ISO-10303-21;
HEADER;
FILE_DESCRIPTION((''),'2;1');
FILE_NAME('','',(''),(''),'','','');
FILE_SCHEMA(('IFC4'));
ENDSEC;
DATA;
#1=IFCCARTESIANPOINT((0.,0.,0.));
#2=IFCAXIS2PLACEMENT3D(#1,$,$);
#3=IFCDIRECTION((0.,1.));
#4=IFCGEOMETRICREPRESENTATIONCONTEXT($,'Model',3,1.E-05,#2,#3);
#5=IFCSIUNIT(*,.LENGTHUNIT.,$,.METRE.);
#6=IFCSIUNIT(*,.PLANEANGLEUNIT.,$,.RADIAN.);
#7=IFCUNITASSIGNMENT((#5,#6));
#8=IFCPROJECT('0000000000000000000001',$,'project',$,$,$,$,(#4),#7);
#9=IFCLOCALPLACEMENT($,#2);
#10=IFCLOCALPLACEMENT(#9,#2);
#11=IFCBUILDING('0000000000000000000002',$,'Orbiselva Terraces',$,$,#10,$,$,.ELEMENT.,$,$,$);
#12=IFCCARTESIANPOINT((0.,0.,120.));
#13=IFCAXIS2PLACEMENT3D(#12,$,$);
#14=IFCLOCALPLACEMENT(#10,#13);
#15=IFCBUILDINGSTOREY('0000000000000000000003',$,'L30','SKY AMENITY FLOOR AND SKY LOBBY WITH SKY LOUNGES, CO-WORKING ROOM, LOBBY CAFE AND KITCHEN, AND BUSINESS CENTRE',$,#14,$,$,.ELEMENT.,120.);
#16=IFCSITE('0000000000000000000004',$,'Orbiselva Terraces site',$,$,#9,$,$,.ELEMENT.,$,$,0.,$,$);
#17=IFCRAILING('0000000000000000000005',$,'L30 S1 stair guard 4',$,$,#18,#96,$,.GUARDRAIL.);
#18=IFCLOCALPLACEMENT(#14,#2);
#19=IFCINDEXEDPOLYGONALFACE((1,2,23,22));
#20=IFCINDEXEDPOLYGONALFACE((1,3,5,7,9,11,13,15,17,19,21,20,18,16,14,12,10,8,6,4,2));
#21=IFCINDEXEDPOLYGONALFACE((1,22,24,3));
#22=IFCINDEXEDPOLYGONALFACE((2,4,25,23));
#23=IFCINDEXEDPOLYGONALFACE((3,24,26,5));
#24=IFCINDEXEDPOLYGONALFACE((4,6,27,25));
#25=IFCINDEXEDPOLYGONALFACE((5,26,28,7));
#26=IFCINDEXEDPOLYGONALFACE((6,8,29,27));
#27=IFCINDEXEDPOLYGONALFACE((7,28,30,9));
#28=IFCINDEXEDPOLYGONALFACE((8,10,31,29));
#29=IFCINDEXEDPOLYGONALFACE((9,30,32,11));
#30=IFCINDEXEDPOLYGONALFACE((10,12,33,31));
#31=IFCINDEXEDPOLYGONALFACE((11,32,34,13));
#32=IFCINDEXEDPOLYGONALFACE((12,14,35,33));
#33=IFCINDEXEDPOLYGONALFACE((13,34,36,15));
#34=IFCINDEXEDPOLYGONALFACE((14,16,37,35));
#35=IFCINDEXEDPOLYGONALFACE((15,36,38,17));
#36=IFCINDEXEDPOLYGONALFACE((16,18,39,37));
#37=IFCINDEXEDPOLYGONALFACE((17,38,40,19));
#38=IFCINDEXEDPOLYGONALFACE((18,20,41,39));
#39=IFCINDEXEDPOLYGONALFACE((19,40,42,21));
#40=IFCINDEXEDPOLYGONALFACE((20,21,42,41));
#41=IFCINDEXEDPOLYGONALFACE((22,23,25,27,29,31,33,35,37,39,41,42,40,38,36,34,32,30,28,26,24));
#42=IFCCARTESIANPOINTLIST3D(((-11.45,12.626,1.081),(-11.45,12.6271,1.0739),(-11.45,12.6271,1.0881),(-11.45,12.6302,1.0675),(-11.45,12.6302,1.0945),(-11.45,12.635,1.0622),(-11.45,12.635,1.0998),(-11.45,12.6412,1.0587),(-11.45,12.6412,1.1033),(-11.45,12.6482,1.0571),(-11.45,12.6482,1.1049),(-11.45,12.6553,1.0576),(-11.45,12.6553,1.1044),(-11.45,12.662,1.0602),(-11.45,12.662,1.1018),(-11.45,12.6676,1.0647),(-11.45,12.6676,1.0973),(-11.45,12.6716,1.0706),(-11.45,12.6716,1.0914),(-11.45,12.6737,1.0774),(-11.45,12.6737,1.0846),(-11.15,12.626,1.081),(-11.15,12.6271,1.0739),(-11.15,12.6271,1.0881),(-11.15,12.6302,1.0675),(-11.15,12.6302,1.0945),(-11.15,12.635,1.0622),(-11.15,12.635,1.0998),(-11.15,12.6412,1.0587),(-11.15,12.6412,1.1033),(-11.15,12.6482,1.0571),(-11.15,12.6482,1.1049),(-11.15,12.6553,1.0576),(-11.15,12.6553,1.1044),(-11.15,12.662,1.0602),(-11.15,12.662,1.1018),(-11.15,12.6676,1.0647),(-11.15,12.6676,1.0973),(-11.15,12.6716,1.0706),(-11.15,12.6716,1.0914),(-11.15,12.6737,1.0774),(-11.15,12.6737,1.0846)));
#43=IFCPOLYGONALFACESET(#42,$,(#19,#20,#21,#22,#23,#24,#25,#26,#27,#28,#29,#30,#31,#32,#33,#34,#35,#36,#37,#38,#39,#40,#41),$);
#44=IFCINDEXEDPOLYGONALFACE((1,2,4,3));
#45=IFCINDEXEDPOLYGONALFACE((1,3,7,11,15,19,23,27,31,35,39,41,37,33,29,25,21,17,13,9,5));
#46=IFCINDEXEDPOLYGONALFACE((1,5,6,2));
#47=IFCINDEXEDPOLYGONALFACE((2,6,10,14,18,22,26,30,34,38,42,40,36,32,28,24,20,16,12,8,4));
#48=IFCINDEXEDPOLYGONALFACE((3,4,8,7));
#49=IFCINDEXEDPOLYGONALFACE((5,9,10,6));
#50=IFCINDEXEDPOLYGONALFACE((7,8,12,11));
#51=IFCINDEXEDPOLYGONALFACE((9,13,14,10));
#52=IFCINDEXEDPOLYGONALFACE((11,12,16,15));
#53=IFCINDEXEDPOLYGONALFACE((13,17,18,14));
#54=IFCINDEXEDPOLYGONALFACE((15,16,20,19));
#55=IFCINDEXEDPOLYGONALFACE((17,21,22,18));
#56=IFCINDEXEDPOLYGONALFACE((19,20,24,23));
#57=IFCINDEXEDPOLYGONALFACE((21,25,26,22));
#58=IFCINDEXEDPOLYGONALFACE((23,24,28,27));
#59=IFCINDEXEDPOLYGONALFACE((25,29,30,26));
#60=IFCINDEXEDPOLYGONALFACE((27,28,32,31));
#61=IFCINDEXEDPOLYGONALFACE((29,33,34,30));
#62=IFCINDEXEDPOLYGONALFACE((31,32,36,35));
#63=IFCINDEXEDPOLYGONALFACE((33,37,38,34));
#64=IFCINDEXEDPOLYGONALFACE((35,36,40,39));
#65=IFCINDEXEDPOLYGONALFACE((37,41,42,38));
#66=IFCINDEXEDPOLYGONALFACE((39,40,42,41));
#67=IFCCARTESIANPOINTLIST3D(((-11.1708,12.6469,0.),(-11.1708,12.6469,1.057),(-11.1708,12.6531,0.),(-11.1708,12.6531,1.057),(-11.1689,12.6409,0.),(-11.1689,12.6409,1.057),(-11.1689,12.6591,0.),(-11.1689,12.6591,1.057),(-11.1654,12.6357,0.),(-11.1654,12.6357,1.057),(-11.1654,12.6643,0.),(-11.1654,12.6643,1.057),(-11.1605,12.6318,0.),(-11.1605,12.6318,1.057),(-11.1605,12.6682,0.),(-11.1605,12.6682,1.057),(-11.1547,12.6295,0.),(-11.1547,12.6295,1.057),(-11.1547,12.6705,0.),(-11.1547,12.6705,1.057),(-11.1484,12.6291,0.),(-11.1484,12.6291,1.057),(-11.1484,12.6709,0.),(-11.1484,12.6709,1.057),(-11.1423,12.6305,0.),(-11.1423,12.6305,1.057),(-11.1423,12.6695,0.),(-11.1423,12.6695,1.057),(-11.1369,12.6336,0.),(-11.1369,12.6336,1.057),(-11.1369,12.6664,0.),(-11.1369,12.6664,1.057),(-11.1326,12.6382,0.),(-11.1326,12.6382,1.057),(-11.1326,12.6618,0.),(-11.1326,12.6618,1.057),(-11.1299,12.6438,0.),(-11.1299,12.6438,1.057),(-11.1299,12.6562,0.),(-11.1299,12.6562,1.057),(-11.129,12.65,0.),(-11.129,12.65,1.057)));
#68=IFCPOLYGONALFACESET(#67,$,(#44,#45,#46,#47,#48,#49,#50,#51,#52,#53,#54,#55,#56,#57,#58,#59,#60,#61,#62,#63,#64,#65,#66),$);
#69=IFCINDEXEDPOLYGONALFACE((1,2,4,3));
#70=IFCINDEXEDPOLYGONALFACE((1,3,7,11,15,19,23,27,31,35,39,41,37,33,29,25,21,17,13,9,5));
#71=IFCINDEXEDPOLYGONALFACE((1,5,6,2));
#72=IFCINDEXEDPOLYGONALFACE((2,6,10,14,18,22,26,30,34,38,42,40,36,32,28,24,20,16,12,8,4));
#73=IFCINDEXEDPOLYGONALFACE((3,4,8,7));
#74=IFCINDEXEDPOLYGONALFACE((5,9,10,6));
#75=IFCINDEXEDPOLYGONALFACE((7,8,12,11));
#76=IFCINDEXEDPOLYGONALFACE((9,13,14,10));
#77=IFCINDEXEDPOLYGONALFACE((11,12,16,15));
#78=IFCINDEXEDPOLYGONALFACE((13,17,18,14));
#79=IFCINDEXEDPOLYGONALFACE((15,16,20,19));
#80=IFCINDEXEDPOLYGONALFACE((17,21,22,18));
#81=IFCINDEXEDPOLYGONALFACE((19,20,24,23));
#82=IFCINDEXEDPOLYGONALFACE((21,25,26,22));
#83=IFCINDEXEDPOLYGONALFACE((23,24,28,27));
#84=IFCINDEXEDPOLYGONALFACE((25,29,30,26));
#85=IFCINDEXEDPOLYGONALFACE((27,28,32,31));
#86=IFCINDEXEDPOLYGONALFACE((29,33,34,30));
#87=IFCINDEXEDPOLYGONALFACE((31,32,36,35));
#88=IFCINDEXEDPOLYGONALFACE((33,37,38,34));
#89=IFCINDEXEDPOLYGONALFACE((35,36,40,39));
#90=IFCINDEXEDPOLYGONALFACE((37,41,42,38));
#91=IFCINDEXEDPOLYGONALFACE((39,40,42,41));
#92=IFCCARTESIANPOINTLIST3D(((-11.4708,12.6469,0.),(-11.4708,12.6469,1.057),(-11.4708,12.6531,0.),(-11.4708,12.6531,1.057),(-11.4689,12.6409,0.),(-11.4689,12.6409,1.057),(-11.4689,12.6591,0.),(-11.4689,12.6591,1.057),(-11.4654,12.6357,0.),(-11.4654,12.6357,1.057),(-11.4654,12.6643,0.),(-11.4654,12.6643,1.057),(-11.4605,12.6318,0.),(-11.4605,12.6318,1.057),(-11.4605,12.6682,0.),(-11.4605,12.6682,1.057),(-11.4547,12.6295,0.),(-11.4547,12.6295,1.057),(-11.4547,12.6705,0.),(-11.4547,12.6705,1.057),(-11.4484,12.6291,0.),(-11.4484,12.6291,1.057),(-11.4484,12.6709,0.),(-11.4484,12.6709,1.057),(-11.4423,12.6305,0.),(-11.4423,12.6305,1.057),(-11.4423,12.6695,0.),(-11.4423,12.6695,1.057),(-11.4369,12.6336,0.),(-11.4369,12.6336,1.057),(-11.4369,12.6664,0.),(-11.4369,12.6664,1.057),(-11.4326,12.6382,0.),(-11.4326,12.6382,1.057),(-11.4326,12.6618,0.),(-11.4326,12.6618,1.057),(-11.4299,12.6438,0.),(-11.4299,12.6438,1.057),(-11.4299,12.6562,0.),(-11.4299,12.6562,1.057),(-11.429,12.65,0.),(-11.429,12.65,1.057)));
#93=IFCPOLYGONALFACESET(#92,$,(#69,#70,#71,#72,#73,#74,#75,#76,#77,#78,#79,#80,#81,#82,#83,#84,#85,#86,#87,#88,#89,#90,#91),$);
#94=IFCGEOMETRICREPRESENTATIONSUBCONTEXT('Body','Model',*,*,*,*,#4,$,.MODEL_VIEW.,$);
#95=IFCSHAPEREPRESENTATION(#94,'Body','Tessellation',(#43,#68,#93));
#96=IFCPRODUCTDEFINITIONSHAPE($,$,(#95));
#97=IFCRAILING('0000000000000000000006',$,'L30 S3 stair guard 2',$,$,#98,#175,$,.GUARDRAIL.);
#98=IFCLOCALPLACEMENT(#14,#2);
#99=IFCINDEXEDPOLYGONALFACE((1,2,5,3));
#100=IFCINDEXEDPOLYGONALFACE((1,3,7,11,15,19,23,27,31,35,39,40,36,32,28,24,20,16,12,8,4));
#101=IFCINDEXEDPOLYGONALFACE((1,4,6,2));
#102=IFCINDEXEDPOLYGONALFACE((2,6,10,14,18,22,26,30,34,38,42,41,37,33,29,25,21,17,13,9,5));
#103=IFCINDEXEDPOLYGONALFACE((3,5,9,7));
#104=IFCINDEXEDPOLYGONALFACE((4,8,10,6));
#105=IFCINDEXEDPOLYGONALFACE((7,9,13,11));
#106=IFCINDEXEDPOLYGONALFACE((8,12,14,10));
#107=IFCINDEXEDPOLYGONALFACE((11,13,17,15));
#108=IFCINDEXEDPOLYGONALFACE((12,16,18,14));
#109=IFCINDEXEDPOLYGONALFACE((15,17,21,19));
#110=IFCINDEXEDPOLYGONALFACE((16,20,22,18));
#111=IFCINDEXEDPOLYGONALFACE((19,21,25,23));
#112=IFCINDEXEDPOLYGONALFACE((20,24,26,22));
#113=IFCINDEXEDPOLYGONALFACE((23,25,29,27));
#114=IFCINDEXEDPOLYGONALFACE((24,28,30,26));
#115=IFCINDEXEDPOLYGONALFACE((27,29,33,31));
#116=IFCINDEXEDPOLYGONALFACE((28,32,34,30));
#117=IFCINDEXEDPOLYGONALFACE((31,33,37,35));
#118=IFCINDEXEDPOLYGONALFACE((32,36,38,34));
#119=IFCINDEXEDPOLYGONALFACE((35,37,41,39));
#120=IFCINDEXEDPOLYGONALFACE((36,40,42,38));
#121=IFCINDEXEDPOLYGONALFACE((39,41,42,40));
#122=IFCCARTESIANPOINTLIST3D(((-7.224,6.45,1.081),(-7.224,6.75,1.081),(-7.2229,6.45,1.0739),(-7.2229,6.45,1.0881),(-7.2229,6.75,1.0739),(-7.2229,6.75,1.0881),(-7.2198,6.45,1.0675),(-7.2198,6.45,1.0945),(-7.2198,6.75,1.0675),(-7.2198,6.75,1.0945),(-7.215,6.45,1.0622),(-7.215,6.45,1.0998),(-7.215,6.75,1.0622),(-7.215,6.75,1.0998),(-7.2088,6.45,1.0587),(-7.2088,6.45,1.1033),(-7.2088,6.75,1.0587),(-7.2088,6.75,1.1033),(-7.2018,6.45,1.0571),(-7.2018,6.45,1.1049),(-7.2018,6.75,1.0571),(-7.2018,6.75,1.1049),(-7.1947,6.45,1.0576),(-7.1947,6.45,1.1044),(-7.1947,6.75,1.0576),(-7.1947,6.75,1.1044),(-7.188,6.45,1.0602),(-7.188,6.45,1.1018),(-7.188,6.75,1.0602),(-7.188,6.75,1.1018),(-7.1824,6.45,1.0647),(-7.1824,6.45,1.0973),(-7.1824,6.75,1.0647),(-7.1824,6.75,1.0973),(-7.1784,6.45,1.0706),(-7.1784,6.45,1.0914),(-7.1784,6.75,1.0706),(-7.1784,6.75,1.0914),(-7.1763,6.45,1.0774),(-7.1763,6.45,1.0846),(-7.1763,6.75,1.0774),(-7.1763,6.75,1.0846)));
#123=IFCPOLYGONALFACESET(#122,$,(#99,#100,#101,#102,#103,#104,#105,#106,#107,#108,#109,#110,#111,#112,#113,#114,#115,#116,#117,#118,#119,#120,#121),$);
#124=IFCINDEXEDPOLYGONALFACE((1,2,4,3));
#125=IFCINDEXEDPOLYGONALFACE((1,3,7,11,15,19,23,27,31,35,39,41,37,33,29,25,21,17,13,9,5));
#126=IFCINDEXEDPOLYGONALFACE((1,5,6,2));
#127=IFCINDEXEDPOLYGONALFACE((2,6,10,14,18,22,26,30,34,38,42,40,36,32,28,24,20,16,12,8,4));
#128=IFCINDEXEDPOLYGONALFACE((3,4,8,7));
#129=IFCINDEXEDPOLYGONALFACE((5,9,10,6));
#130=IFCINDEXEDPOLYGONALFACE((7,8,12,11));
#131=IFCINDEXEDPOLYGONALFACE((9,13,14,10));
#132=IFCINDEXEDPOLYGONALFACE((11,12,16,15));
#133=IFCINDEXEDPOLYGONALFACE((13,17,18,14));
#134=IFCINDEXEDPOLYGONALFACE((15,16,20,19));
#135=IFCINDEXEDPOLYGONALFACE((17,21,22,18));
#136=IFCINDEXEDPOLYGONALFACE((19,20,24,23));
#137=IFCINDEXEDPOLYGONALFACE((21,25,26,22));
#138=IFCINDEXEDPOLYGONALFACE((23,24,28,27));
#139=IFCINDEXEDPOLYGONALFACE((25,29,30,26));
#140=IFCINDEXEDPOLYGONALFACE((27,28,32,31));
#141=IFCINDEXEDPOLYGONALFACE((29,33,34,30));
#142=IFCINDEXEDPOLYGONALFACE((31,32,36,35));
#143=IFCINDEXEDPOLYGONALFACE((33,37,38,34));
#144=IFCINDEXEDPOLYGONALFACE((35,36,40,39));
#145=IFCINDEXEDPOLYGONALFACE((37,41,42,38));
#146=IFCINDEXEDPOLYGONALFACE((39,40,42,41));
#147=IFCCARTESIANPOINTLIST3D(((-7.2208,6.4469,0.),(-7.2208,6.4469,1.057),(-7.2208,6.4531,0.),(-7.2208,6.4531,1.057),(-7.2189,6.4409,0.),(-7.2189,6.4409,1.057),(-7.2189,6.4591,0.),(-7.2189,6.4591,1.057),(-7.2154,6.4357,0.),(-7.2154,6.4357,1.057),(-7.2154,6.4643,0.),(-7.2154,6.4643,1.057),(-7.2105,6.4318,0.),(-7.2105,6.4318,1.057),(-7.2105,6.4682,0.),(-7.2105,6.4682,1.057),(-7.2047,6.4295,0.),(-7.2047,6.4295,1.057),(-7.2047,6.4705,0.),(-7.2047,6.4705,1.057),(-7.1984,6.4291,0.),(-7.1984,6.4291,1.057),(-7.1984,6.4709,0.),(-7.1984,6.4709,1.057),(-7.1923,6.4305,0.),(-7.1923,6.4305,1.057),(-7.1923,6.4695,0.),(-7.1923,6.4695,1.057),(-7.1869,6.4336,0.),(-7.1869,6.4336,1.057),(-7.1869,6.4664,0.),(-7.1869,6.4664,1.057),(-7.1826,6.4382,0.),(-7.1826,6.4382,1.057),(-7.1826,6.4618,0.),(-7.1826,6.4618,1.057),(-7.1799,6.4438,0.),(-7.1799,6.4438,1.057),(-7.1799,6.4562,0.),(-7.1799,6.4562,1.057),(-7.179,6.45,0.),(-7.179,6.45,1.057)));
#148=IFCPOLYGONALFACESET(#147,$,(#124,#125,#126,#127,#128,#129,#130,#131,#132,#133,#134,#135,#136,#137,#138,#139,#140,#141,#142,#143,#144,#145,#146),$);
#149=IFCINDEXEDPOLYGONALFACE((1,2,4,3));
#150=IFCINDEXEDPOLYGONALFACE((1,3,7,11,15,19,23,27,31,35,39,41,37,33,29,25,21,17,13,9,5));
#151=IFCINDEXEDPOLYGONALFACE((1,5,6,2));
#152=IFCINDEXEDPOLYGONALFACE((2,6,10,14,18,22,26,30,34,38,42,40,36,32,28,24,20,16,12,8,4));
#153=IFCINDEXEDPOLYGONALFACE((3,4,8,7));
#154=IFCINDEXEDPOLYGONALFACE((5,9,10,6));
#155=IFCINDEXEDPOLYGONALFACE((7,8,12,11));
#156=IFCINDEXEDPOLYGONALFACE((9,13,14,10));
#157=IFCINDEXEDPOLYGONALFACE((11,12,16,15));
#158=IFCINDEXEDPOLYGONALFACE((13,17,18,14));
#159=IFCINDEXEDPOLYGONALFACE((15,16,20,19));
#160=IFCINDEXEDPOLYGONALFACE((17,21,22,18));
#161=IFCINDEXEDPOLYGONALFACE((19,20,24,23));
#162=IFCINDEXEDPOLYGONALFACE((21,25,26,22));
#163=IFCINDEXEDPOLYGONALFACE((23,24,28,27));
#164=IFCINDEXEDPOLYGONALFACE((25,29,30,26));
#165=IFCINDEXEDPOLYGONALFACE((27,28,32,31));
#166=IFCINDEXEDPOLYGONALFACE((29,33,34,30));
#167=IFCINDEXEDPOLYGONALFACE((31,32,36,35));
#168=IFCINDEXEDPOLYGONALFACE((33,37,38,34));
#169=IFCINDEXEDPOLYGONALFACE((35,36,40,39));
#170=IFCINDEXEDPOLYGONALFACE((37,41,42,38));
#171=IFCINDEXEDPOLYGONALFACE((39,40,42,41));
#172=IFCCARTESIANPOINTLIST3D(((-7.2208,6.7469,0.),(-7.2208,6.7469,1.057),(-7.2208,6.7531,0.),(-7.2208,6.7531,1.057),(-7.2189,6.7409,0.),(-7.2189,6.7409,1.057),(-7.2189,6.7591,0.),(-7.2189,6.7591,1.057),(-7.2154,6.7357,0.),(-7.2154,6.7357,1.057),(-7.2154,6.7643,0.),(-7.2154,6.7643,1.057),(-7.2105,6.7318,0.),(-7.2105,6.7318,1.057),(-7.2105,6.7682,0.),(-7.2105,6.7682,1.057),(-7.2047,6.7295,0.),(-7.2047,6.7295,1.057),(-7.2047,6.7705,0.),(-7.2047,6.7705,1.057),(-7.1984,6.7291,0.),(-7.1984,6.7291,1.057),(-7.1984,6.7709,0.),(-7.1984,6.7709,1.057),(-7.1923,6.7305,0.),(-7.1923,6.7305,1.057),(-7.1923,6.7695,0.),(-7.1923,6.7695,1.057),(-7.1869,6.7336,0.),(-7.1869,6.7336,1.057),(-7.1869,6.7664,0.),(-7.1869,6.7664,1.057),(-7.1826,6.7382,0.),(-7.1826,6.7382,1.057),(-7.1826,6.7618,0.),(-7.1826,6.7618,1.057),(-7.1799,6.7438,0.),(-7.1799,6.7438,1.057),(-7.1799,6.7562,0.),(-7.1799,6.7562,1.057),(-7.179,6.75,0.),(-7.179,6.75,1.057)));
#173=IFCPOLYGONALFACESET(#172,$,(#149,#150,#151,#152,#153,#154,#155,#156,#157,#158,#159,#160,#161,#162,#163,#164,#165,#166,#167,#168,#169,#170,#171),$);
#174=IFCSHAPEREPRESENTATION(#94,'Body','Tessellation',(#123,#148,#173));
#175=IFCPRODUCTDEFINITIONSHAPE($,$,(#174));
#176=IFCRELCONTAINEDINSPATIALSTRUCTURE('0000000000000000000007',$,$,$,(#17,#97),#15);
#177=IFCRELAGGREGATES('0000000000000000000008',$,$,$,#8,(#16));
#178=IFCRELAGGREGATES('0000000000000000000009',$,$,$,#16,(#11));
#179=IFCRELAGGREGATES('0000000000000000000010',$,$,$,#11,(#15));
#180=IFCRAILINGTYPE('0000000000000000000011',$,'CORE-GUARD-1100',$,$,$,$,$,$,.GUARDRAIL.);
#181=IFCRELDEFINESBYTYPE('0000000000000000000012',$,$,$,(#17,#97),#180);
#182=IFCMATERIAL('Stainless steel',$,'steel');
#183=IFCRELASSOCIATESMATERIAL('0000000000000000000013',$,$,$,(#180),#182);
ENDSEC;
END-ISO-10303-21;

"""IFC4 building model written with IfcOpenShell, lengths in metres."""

from ifc_helpers import new_model, si_unit, direction, frame, origin, origin_2d, place, context, subcontext, project, spatial, circle, extrude, material, type_object, element, save


model = new_model("IFC4")

# Units and contexts
model_context = context("Model", 3, precision=1e-05, world=origin(), true_north=direction((0.0, 1.0)))
body_context = subcontext(model_context, "Body", "Model", "MODEL_VIEW")
ifc_project = project(units=[si_unit("LENGTHUNIT", "METRE"), si_unit("PLANEANGLEUNIT", "RADIAN")], contexts=[model_context])

# Site, building, storey
site_placement = place(None, origin())
site = spatial("IfcSite", under=ifc_project, at=site_placement, Name="Orbiselva Terraces site", CompositionType="ELEMENT", RefElevation=0.0)
building_placement = place(site_placement, origin())
building = spatial("IfcBuilding", under=site, at=building_placement, Name="Orbiselva Terraces", CompositionType="ELEMENT")
storey_placement = place(building_placement, frame((0.0, 0.0, 120.0)))
storey = spatial("IfcBuildingStorey", under=building, at=storey_placement, Name="L30", Description="SKY AMENITY FLOOR AND SKY LOBBY WITH SKY LOUNGES, CO-WORKING ROOM, LOBBY CAFE AND KITCHEN, AND BUSINESS CENTRE", CompositionType="ELEMENT", Elevation=120.0)

# Railings
ifc_material_1 = material(Name="Stainless steel", Category="steel")
railing_type_1 = type_object("IfcRailingType", Name="CORE-GUARD-1100", PredefinedType="GUARDRAIL", material=ifc_material_1)
railing_1_placement = place(storey_placement, frame((-11.15, 12.65, 0.0)))
element("IfcRailing", 1, at=railing_1_placement, inside=storey, type_object=railing_type_1, Name="L30 S1 stair guard 4", PredefinedType="GUARDRAIL", context=body_context, shape_type="SweptSolid", body=[
    extrude(circle(Radius=0.024, at=origin_2d()), frame((0.0, 0.0, 1.081), z_axis=(-1.0, 0.0, 0.0), x_axis=(0.0, -1.0, 0.0)), (0.0, 0.0, 1.0), 0.3),
    extrude(circle(Radius=0.021, at=origin_2d()), origin(), (0.0, 0.0, 1.0), 1.057),
    extrude(circle(Radius=0.021, at=origin_2d()), frame((-0.3, 0.0, 0.0)), (0.0, 0.0, 1.0), 1.057),
])
railing_2_placement = place(storey_placement, frame((-7.2, 6.45, 0.0)))
element("IfcRailing", 2, at=railing_2_placement, inside=storey, type_object=railing_type_1, Name="L30 S3 stair guard 2", PredefinedType="GUARDRAIL", context=body_context, shape_type="SweptSolid", body=[
    extrude(circle(Radius=0.024, at=origin_2d()), frame((0.0, 0.0, 1.081), z_axis=(0.0, 1.0, 0.0), x_axis=(-1.0, 0.0, 0.0)), (0.0, 0.0, 1.0), 0.3),
    extrude(circle(Radius=0.021, at=origin_2d()), origin(), (0.0, 0.0, 1.0), 1.057),
    extrude(circle(Radius=0.021, at=origin_2d()), frame((0.0, 0.3, 0.0)), (0.0, 0.0, 1.0), 1.057),
])

save(model, "model.ifc")
